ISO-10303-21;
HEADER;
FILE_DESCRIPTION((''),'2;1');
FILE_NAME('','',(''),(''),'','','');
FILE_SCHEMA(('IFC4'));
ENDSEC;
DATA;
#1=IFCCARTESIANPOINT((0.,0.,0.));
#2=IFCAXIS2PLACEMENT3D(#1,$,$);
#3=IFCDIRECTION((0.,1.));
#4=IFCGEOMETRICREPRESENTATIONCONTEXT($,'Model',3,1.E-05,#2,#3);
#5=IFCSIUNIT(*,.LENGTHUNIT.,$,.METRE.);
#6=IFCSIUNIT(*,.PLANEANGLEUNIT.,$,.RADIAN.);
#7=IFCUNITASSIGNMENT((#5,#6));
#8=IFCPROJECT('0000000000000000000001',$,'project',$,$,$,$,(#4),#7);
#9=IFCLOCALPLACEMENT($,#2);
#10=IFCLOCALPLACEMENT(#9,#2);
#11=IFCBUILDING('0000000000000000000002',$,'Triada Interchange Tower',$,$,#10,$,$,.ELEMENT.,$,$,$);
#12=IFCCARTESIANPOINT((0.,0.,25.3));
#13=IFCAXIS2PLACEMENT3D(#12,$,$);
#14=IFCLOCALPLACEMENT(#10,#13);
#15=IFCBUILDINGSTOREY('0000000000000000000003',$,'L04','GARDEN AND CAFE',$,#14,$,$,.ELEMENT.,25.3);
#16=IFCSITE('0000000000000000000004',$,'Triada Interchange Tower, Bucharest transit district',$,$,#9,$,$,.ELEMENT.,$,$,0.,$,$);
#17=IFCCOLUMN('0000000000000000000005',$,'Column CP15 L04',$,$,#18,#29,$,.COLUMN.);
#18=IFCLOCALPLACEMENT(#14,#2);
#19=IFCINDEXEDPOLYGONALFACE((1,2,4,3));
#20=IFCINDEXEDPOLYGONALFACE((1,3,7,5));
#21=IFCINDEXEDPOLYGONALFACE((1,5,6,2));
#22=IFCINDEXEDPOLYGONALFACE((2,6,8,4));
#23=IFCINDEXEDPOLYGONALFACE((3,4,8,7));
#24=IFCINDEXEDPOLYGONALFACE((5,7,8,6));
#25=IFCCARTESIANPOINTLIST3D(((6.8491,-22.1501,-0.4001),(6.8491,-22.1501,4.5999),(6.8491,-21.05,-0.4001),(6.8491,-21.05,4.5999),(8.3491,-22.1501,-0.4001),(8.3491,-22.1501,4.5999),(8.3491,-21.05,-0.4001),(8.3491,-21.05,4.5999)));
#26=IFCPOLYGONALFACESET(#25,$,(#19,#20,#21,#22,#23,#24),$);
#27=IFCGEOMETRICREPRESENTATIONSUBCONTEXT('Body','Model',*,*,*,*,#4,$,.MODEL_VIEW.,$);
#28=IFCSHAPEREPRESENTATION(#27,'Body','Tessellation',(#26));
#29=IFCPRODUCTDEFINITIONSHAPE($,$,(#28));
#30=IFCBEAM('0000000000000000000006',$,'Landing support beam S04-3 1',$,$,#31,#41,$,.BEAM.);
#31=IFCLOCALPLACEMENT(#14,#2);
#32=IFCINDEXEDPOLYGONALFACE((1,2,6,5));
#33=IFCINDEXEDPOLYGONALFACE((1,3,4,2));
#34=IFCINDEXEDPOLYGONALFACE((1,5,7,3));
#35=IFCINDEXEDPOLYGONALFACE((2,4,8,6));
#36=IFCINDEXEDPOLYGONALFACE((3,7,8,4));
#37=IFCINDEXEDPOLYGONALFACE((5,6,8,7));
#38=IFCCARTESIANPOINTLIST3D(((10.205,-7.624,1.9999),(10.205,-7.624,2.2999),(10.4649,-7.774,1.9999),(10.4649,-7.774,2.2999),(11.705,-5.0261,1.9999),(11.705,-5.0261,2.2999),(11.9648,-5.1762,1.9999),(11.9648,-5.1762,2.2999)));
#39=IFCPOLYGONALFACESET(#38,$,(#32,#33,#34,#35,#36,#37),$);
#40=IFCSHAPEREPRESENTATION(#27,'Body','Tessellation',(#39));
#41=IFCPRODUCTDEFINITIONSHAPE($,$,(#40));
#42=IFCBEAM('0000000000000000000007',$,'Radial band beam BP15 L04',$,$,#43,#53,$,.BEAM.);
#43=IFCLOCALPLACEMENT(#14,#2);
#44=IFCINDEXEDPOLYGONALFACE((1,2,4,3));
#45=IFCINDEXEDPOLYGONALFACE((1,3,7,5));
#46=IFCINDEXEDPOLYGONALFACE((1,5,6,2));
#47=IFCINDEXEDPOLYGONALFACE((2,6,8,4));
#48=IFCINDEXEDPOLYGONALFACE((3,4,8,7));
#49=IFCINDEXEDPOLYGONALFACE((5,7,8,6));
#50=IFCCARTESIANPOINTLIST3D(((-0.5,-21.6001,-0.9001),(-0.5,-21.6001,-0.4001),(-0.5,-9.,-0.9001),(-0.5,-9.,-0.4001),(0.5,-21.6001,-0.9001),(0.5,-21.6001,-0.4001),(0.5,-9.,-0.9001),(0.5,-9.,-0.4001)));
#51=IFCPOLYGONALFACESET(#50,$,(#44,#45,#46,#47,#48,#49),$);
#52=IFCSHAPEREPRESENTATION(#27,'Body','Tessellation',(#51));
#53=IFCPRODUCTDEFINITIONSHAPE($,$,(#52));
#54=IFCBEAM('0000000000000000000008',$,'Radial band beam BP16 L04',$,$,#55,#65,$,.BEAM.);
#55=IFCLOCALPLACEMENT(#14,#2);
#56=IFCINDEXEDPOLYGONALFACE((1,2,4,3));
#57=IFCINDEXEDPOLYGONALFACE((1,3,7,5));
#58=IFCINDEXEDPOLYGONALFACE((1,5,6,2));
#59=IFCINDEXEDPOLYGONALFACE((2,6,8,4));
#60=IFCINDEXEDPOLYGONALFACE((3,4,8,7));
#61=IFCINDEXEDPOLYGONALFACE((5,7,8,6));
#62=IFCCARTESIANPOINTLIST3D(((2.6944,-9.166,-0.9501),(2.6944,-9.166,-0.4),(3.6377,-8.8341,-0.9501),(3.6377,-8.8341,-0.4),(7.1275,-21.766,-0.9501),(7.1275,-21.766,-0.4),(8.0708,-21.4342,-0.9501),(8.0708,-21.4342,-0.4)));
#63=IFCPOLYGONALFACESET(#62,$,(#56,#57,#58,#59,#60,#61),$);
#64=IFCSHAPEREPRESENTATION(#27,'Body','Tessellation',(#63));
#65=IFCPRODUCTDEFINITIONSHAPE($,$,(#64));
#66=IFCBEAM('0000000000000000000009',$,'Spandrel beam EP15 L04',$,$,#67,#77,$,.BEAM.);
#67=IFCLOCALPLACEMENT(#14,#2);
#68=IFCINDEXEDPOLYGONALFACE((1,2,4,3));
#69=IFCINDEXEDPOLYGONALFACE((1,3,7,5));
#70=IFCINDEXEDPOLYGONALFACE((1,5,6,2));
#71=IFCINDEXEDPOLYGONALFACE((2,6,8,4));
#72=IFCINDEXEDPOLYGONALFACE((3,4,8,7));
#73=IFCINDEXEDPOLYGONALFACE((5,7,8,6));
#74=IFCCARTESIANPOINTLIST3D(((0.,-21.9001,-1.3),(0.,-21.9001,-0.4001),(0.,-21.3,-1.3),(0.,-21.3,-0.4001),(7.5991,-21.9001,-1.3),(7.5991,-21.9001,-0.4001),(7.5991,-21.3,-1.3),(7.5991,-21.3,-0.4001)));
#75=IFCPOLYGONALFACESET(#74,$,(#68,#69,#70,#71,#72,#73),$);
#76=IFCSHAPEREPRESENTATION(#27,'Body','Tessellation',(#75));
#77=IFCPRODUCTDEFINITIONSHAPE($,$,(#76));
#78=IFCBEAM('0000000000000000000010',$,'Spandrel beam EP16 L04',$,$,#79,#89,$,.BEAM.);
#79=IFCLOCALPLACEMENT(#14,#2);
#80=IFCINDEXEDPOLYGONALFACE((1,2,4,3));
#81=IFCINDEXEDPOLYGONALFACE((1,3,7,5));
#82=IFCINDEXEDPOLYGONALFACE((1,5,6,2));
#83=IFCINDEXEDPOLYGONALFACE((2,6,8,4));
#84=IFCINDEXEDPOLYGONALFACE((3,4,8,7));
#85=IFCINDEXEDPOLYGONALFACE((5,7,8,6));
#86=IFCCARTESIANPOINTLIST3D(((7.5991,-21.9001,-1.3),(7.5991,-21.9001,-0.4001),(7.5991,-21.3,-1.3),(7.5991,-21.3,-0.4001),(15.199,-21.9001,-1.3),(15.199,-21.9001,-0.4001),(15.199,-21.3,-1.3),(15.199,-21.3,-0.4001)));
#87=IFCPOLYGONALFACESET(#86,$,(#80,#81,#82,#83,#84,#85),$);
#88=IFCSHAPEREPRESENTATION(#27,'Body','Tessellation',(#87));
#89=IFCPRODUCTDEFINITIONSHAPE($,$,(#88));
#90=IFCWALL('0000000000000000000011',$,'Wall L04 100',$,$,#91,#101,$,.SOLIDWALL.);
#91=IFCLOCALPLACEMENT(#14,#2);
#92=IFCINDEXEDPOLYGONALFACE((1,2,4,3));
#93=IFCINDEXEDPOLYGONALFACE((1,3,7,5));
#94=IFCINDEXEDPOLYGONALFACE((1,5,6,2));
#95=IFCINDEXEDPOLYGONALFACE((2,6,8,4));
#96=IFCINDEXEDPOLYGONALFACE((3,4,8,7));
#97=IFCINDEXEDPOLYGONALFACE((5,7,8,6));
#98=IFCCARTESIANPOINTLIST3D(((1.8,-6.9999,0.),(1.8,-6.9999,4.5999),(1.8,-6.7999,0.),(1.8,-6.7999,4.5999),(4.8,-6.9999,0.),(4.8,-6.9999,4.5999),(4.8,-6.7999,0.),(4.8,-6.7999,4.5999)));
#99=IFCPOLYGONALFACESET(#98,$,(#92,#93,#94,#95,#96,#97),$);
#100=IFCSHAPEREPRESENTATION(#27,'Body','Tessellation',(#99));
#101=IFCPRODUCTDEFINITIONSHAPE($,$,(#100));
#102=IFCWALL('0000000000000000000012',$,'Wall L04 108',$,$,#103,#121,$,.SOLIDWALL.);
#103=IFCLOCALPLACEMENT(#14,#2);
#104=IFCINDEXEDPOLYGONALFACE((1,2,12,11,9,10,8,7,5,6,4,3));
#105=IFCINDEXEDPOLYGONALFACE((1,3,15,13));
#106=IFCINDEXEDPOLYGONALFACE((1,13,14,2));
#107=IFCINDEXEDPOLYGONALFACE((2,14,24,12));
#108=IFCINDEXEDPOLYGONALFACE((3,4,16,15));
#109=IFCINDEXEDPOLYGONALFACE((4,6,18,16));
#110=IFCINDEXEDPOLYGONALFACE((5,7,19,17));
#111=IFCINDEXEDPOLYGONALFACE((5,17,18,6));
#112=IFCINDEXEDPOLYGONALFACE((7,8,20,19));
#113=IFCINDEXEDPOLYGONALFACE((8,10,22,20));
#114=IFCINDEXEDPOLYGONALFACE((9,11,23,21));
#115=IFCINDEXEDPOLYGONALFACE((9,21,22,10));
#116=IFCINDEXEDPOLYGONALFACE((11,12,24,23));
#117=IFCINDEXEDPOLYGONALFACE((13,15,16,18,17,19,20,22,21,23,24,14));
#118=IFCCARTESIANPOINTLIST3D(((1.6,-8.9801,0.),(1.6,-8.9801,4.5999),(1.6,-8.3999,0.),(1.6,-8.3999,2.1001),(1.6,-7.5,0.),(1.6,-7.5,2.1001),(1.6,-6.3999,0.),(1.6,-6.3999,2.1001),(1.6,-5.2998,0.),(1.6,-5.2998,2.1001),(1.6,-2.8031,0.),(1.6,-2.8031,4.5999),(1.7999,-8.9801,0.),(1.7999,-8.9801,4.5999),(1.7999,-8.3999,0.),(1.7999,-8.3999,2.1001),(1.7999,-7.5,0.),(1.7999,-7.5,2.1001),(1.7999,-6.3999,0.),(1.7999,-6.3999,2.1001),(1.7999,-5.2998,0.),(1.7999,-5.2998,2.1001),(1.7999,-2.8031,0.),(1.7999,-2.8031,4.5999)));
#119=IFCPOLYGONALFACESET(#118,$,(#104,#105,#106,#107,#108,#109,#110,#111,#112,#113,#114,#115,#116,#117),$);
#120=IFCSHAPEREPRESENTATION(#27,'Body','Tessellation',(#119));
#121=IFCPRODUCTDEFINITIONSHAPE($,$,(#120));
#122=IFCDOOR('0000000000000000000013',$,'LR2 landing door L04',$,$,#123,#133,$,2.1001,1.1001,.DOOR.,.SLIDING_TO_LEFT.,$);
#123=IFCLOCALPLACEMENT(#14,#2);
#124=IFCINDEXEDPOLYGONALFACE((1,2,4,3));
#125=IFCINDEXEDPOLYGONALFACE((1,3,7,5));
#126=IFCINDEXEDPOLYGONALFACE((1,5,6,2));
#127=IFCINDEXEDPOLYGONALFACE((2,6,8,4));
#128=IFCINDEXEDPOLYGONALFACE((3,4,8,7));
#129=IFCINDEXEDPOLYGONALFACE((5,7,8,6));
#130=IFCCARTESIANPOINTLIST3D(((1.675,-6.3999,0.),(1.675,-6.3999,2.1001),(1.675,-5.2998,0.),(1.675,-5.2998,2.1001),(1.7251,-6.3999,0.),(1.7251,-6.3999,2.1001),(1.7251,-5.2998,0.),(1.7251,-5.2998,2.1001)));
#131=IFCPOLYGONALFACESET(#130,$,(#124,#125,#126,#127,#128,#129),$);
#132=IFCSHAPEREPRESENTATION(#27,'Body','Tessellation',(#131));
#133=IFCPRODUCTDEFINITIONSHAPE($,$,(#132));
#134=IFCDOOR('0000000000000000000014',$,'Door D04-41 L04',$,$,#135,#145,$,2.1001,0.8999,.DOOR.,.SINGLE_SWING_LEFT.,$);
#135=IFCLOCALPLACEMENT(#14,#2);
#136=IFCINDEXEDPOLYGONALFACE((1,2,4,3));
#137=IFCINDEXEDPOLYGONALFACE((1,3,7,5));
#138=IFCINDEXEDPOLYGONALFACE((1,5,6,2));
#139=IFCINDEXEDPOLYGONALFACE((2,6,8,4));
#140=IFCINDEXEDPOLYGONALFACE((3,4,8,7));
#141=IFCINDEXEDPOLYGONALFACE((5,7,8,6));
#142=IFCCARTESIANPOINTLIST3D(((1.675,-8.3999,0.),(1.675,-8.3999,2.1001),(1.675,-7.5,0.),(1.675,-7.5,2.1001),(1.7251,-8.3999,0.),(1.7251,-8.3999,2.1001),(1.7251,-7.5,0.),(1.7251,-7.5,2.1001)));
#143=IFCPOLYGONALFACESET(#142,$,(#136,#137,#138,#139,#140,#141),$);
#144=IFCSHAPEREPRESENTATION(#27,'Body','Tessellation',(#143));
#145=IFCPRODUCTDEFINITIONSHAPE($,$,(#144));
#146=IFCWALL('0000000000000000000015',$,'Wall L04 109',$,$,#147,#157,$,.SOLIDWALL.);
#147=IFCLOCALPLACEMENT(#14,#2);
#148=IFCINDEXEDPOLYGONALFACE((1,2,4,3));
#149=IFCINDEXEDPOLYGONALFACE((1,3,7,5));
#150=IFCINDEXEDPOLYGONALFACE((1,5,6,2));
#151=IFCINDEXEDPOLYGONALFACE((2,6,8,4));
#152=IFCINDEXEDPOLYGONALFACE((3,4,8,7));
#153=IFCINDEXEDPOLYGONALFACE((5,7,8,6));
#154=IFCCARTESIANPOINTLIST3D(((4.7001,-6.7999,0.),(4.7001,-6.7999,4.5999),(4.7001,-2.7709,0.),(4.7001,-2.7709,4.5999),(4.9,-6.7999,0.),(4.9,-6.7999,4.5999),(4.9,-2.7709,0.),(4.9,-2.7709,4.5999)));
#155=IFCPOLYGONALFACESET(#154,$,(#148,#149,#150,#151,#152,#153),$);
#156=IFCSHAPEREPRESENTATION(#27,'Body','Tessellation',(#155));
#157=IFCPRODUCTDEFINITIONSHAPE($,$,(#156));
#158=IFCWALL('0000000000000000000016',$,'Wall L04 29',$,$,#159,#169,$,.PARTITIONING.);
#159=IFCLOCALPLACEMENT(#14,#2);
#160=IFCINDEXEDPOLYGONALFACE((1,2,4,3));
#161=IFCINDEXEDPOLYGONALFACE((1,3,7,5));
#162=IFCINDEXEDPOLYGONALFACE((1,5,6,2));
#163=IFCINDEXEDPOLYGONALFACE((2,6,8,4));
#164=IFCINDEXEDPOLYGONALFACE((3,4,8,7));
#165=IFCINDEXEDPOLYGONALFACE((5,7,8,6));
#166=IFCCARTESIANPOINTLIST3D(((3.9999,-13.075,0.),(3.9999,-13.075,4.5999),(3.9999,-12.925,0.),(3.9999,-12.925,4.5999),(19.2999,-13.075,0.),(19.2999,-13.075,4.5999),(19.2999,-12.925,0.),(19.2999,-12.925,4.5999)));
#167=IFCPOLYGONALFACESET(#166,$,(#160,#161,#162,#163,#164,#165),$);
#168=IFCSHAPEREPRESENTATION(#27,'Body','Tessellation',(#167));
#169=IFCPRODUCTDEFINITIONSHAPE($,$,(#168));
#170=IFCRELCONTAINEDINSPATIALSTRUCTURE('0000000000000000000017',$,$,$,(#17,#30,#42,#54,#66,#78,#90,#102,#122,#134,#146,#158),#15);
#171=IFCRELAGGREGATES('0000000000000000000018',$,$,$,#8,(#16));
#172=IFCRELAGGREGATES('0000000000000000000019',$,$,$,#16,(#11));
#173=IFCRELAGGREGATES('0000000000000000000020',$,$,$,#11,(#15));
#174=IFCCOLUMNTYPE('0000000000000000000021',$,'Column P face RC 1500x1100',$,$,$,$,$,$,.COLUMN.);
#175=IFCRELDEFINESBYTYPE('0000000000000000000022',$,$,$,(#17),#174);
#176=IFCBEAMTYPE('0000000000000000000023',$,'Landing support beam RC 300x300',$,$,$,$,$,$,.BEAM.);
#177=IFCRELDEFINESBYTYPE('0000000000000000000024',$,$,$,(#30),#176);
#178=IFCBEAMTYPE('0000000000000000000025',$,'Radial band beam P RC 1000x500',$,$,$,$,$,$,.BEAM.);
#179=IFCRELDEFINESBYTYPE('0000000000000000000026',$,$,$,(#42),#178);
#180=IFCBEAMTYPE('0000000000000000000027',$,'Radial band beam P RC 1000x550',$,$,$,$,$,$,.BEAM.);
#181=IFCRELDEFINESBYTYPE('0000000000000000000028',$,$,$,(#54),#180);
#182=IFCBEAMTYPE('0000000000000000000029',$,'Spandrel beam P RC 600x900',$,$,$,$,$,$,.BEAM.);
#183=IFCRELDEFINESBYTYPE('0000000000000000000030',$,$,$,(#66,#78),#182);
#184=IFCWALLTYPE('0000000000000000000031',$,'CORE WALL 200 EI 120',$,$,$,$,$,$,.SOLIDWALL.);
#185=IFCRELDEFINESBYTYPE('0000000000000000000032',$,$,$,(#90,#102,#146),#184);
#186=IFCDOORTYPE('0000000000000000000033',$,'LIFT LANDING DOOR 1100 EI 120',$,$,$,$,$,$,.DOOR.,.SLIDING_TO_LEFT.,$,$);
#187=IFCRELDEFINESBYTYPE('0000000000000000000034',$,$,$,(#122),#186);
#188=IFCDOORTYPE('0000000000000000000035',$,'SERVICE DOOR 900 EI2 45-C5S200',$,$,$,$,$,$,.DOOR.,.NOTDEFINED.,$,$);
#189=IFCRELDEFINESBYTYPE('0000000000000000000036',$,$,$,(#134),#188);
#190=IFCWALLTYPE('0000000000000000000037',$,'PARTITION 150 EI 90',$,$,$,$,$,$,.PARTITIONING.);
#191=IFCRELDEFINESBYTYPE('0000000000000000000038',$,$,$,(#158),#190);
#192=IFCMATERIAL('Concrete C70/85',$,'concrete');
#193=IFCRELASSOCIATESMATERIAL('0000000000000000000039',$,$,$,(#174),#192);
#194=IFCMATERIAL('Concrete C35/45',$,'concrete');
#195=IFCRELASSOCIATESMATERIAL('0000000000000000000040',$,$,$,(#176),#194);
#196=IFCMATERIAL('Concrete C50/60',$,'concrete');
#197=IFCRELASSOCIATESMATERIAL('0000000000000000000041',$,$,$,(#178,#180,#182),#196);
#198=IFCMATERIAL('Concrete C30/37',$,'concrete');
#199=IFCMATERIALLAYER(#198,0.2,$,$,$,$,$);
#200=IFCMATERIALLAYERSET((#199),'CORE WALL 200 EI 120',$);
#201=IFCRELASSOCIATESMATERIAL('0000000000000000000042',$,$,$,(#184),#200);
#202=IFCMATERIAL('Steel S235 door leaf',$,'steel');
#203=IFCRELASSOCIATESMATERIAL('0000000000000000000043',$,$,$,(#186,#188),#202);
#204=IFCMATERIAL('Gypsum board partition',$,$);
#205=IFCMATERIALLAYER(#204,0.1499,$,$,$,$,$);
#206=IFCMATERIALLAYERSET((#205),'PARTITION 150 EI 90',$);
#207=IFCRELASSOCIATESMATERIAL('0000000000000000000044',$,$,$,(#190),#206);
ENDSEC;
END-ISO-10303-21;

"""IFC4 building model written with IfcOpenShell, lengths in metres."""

from ifc_helpers import new_model, si_unit, direction, frame, frame_2d, origin, origin_2d, place, context, subcontext, project, spatial, rectangle, extrude, material, layer, layer_set, material_profile, profile_set, type_object, element, fill, save


model = new_model("IFC4")

# Units and contexts
model_context = context("Model", 3, precision=1e-05, world=origin(), true_north=direction((0.0, 1.0)))
body_context = subcontext(model_context, "Body", "Model", "MODEL_VIEW")
ifc_project = project(units=[si_unit("LENGTHUNIT", "METRE"), si_unit("PLANEANGLEUNIT", "RADIAN")], contexts=[model_context])

# Site, building, storey
site_placement = place(None, origin())
site = spatial("IfcSite", under=ifc_project, at=site_placement, Name="Triada Interchange Tower, Bucharest transit district", CompositionType="ELEMENT", RefElevation=0.0)
building_placement = place(site_placement, origin())
building = spatial("IfcBuilding", under=site, at=building_placement, Name="Triada Interchange Tower", CompositionType="ELEMENT")
storey_placement = place(building_placement, frame((0.0, 0.0, 25.3)))
storey = spatial("IfcBuildingStorey", under=building, at=storey_placement, Name="L04", Description="GARDEN AND CAFE", CompositionType="ELEMENT", Elevation=25.3)

# Column
ifc_material_1 = material(Name="Concrete C70/85", Category="concrete")
ifc_material_profile_1 = material_profile(ifc_material_1, rectangle(XDim=1.5, YDim=1.1001, at=origin_2d()), Name="RC 1500x1100")
ifc_profile_set_1 = profile_set([ifc_material_profile_1], Name="Concrete C70/85")
column_type = type_object("IfcColumnType", Name="Column P face RC 1500x1100", PredefinedType="COLUMN", material=ifc_profile_set_1)
column_placement = place(storey_placement, frame((7.5991, -21.6001, -0.4001), z_axis=(0.0, 0.0, 1.0), x_axis=(1.0, 0.0, 0.0)))
element("IfcColumn", 1, at=column_placement, inside=storey, type_object=column_type, Name="Column CP15 L04", PredefinedType="COLUMN", context=body_context, shape_type="SweptSolid", body=[
    extrude(rectangle(XDim=1.5, YDim=1.1001, at=origin_2d()), origin(), (0.0, 0.0, 1.0), 5.0),
])

# Beams
ifc_material_2 = material(Name="Concrete C35/45", Category="concrete")
ifc_material_profile_2 = material_profile(ifc_material_2, rectangle(XDim=0.3, YDim=0.3, at=origin_2d()), Name="RC 300x300")
ifc_profile_set_2 = profile_set([ifc_material_profile_2], Name="Concrete C35/45")
beam_type_1 = type_object("IfcBeamType", Name="Landing support beam RC 300x300", PredefinedType="BEAM", material=ifc_profile_set_2)
beam_1_placement = place(storey_placement, frame((10.335, -7.699, 2.1499), z_axis=(0.500025, 0.866011, 0.0), x_axis=(-0.866011, 0.500025, 0.0)))
element("IfcBeam", 2, at=beam_1_placement, inside=storey, type_object=beam_type_1, Name="Landing support beam S04-3 1", PredefinedType="BEAM", context=body_context, shape_type="SweptSolid", body=[
    extrude(rectangle(XDim=0.3, YDim=0.3, at=origin_2d()), origin(), (0.0, 0.0, 1.0), 2.9998),
])
ifc_material_3 = material(Name="Concrete C50/60", Category="concrete")
ifc_material_profile_3 = material_profile(ifc_material_3, rectangle(XDim=1.0, YDim=0.5, at=origin_2d()), Name="RC 1000x500")
ifc_profile_set_3 = profile_set([ifc_material_profile_3], Name="Concrete C50/60")
beam_type_2 = type_object("IfcBeamType", Name="Radial band beam P RC 1000x500", PredefinedType="BEAM", material=ifc_profile_set_3)
beam_2_placement = place(storey_placement, frame((0.0, -21.6001, -0.6501), z_axis=(0.0, 1.0, 0.0), x_axis=(-1.0, 0.0, 0.0)))
element("IfcBeam", 3, at=beam_2_placement, inside=storey, type_object=beam_type_2, Name="Radial band beam BP15 L04", PredefinedType="BEAM", context=body_context, shape_type="SweptSolid", body=[
    extrude(rectangle(XDim=1.0, YDim=0.5, at=origin_2d()), origin(), (0.0, 0.0, 1.0), 12.6001),
])
ifc_material_profile_4 = material_profile(ifc_material_3, rectangle(XDim=1.0, YDim=0.55, at=origin_2d()), Name="RC 1000x550")
ifc_profile_set_4 = profile_set([ifc_material_profile_4], Name="Concrete C50/60")
beam_type_3 = type_object("IfcBeamType", Name="Radial band beam P RC 1000x550", PredefinedType="BEAM", material=ifc_profile_set_4)
beam_3_placement = place(storey_placement, frame((7.5991, -21.6001, -0.675), z_axis=(-0.331889, 0.943319, 0.0), x_axis=(-0.943319, -0.331889, 0.0)))
element("IfcBeam", 4, at=beam_3_placement, inside=storey, type_object=beam_type_3, Name="Radial band beam BP16 L04", PredefinedType="BEAM", context=body_context, shape_type="SweptSolid", body=[
    extrude(rectangle(XDim=1.0, YDim=0.55, at=origin_2d()), origin(), (0.0, 0.0, 1.0), 13.3572),
])
ifc_material_profile_5 = material_profile(ifc_material_3, rectangle(XDim=0.6001, YDim=0.8999, at=origin_2d()), Name="RC 600x900")
ifc_profile_set_5 = profile_set([ifc_material_profile_5], Name="Concrete C50/60")
beam_type_4 = type_object("IfcBeamType", Name="Spandrel beam P RC 600x900", PredefinedType="BEAM", material=ifc_profile_set_5)
beam_4_placement = place(storey_placement, frame((0.0, -21.6001, -0.8501), z_axis=(1.0, 0.0, 0.0), x_axis=(0.0, 1.0, 0.0)))
element("IfcBeam", 5, at=beam_4_placement, inside=storey, type_object=beam_type_4, Name="Spandrel beam EP15 L04", PredefinedType="BEAM", context=body_context, shape_type="SweptSolid", body=[
    extrude(rectangle(XDim=0.6001, YDim=0.8999, at=origin_2d()), origin(), (0.0, 0.0, 1.0), 7.5991),
])
beam_5_placement = place(storey_placement, frame((7.5991, -21.6001, -0.8501), z_axis=(1.0, 0.0, 0.0), x_axis=(0.0, 1.0, 0.0)))
element("IfcBeam", 6, at=beam_5_placement, inside=storey, type_object=beam_type_4, Name="Spandrel beam EP16 L04", PredefinedType="BEAM", context=body_context, shape_type="SweptSolid", body=[
    extrude(rectangle(XDim=0.6001, YDim=0.8999, at=origin_2d()), origin(), (0.0, 0.0, 1.0), 7.5999),
])

# Wall
ifc_material_4 = material(Name="Concrete C30/37", Category="concrete")
ifc_layer_1 = layer(ifc_material_4, 0.2)
ifc_layer_set_1 = layer_set([ifc_layer_1], Name="CORE WALL 200 EI 120")
wall_type_1 = type_object("IfcWallType", Name="CORE WALL 200 EI 120", PredefinedType="SOLIDWALL", material=ifc_layer_set_1)
wall_1_placement = place(storey_placement, frame((1.8, -6.8999, 0.0), z_axis=(0.0, 0.0, 1.0), x_axis=(1.0, 0.0, 0.0)))
element("IfcWall", 7, at=wall_1_placement, inside=storey, type_object=wall_type_1, Name="Wall L04 100", PredefinedType="SOLIDWALL", context=body_context, shape_type="SweptSolid", body=[
    extrude(rectangle(XDim=3.0, YDim=0.2, at=frame_2d((1.5, 0.0))), origin(), (0.0, 0.0, 1.0), 4.5999),
])

# Wall, openings, doors
wall_2_placement = place(storey_placement, frame((1.7, -8.98, 0.0), z_axis=(0.0, 0.0, 1.0), x_axis=(0.0, 1.0, 0.0)))
wall_2 = element("IfcWall", 8, at=wall_2_placement, inside=storey, type_object=wall_type_1, Name="Wall L04 108", PredefinedType="SOLIDWALL", context=body_context, shape_type="SweptSolid", body=[
    extrude(rectangle(XDim=6.177, YDim=0.2, at=frame_2d((3.0884, 0.0))), origin(), (0.0, 0.0, 1.0), 4.5999),
])
opening_1_placement = place(wall_2_placement, frame((2.5801, 0.0, 0.0)))
opening_1 = element("IfcOpeningElement", 9, at=opening_1_placement, cuts=wall_2, PredefinedType="OPENING", context=body_context, shape_type="SweptSolid", body=[
    extrude(rectangle(XDim=1.1001, YDim=2.1001, at=frame_2d((0.55, 1.05))), frame((0.0, 0.1099, 0.0), z_axis=(0.0, -1.0, 0.0), x_axis=(1.0, 0.0, 0.0)), (0.0, 0.0, 1.0), 0.22),
])
opening_2_placement = place(wall_2_placement, frame((0.5801, 0.0, 0.0)))
opening_2 = element("IfcOpeningElement", 10, at=opening_2_placement, cuts=wall_2, PredefinedType="OPENING", context=body_context, shape_type="SweptSolid", body=[
    extrude(rectangle(XDim=0.8999, YDim=2.1001, at=frame_2d((0.45, 1.05))), frame((0.0, 0.1099, 0.0), z_axis=(0.0, -1.0, 0.0), x_axis=(1.0, 0.0, 0.0)), (0.0, 0.0, 1.0), 0.22),
])
ifc_material_5 = material(Name="Steel S235 door leaf", Category="steel")
door_type_1 = type_object("IfcDoorType", Name="LIFT LANDING DOOR 1100 EI 120", OperationType="SLIDING_TO_LEFT", PredefinedType="DOOR", material=ifc_material_5)
door_1_placement = place(opening_1_placement, origin())
door_1 = element("IfcDoor", 11, at=door_1_placement, inside=storey, type_object=door_type_1, Name="LR2 landing door L04", OperationType="SLIDING_TO_LEFT", OverallHeight=2.1001, OverallWidth=1.1001, PredefinedType="DOOR", context=body_context, shape_type="SweptSolid", body=[
    extrude(rectangle(XDim=1.1001, YDim=2.1001, at=frame_2d((0.55, 1.05))), frame((0.0, 0.0249, 0.0), z_axis=(0.0, -1.0, 0.0), x_axis=(1.0, 0.0, 0.0)), (0.0, 0.0, 1.0), 0.05),
])
fill(opening_1, door_1)
door_type_2 = type_object("IfcDoorType", Name="SERVICE DOOR 900 EI2 45-C5S200", OperationType="NOTDEFINED", PredefinedType="DOOR", material=ifc_material_5)
door_2_placement = place(opening_2_placement, origin())
door_2 = element("IfcDoor", 12, at=door_2_placement, inside=storey, type_object=door_type_2, Name="Door D04-41 L04", OperationType="SINGLE_SWING_LEFT", OverallHeight=2.1001, OverallWidth=0.8999, PredefinedType="DOOR", context=body_context, shape_type="SweptSolid", body=[
    extrude(rectangle(XDim=0.8999, YDim=2.1001, at=frame_2d((0.45, 1.05))), frame((0.0, 0.0249, 0.0), z_axis=(0.0, -1.0, 0.0), x_axis=(1.0, 0.0, 0.0)), (0.0, 0.0, 1.0), 0.05),
])
fill(opening_2, door_2)

# Wall
wall_3_placement = place(storey_placement, frame((4.8, -6.8, 0.0), z_axis=(0.0, 0.0, 1.0), x_axis=(0.0, 1.0, 0.0)))
element("IfcWall", 13, at=wall_3_placement, inside=storey, type_object=wall_type_1, Name="Wall L04 109", PredefinedType="SOLIDWALL", context=body_context, shape_type="SweptSolid", body=[
    extrude(rectangle(XDim=4.0291, YDim=0.2, at=frame_2d((2.0146, 0.0))), origin(), (0.0, 0.0, 1.0), 4.5999),
])

# Wall
ifc_material_6 = material(Name="Gypsum board partition")
ifc_layer_2 = layer(ifc_material_6, 0.1499)
ifc_layer_set_2 = layer_set([ifc_layer_2], Name="PARTITION 150 EI 90")
wall_type_2 = type_object("IfcWallType", Name="PARTITION 150 EI 90", PredefinedType="PARTITIONING", material=ifc_layer_set_2)
wall_4_placement = place(storey_placement, frame((4.0, -13.0, 0.0), z_axis=(0.0, 0.0, 1.0), x_axis=(1.0, 0.0, 0.0)))
element("IfcWall", 14, at=wall_4_placement, inside=storey, type_object=wall_type_2, Name="Wall L04 29", PredefinedType="PARTITIONING", context=body_context, shape_type="SweptSolid", body=[
    extrude(rectangle(XDim=15.3, YDim=0.1499, at=frame_2d((7.6499, 0.0))), origin(), (0.0, 0.0, 1.0), 4.5999),
])

save(model, "model.ifc")
